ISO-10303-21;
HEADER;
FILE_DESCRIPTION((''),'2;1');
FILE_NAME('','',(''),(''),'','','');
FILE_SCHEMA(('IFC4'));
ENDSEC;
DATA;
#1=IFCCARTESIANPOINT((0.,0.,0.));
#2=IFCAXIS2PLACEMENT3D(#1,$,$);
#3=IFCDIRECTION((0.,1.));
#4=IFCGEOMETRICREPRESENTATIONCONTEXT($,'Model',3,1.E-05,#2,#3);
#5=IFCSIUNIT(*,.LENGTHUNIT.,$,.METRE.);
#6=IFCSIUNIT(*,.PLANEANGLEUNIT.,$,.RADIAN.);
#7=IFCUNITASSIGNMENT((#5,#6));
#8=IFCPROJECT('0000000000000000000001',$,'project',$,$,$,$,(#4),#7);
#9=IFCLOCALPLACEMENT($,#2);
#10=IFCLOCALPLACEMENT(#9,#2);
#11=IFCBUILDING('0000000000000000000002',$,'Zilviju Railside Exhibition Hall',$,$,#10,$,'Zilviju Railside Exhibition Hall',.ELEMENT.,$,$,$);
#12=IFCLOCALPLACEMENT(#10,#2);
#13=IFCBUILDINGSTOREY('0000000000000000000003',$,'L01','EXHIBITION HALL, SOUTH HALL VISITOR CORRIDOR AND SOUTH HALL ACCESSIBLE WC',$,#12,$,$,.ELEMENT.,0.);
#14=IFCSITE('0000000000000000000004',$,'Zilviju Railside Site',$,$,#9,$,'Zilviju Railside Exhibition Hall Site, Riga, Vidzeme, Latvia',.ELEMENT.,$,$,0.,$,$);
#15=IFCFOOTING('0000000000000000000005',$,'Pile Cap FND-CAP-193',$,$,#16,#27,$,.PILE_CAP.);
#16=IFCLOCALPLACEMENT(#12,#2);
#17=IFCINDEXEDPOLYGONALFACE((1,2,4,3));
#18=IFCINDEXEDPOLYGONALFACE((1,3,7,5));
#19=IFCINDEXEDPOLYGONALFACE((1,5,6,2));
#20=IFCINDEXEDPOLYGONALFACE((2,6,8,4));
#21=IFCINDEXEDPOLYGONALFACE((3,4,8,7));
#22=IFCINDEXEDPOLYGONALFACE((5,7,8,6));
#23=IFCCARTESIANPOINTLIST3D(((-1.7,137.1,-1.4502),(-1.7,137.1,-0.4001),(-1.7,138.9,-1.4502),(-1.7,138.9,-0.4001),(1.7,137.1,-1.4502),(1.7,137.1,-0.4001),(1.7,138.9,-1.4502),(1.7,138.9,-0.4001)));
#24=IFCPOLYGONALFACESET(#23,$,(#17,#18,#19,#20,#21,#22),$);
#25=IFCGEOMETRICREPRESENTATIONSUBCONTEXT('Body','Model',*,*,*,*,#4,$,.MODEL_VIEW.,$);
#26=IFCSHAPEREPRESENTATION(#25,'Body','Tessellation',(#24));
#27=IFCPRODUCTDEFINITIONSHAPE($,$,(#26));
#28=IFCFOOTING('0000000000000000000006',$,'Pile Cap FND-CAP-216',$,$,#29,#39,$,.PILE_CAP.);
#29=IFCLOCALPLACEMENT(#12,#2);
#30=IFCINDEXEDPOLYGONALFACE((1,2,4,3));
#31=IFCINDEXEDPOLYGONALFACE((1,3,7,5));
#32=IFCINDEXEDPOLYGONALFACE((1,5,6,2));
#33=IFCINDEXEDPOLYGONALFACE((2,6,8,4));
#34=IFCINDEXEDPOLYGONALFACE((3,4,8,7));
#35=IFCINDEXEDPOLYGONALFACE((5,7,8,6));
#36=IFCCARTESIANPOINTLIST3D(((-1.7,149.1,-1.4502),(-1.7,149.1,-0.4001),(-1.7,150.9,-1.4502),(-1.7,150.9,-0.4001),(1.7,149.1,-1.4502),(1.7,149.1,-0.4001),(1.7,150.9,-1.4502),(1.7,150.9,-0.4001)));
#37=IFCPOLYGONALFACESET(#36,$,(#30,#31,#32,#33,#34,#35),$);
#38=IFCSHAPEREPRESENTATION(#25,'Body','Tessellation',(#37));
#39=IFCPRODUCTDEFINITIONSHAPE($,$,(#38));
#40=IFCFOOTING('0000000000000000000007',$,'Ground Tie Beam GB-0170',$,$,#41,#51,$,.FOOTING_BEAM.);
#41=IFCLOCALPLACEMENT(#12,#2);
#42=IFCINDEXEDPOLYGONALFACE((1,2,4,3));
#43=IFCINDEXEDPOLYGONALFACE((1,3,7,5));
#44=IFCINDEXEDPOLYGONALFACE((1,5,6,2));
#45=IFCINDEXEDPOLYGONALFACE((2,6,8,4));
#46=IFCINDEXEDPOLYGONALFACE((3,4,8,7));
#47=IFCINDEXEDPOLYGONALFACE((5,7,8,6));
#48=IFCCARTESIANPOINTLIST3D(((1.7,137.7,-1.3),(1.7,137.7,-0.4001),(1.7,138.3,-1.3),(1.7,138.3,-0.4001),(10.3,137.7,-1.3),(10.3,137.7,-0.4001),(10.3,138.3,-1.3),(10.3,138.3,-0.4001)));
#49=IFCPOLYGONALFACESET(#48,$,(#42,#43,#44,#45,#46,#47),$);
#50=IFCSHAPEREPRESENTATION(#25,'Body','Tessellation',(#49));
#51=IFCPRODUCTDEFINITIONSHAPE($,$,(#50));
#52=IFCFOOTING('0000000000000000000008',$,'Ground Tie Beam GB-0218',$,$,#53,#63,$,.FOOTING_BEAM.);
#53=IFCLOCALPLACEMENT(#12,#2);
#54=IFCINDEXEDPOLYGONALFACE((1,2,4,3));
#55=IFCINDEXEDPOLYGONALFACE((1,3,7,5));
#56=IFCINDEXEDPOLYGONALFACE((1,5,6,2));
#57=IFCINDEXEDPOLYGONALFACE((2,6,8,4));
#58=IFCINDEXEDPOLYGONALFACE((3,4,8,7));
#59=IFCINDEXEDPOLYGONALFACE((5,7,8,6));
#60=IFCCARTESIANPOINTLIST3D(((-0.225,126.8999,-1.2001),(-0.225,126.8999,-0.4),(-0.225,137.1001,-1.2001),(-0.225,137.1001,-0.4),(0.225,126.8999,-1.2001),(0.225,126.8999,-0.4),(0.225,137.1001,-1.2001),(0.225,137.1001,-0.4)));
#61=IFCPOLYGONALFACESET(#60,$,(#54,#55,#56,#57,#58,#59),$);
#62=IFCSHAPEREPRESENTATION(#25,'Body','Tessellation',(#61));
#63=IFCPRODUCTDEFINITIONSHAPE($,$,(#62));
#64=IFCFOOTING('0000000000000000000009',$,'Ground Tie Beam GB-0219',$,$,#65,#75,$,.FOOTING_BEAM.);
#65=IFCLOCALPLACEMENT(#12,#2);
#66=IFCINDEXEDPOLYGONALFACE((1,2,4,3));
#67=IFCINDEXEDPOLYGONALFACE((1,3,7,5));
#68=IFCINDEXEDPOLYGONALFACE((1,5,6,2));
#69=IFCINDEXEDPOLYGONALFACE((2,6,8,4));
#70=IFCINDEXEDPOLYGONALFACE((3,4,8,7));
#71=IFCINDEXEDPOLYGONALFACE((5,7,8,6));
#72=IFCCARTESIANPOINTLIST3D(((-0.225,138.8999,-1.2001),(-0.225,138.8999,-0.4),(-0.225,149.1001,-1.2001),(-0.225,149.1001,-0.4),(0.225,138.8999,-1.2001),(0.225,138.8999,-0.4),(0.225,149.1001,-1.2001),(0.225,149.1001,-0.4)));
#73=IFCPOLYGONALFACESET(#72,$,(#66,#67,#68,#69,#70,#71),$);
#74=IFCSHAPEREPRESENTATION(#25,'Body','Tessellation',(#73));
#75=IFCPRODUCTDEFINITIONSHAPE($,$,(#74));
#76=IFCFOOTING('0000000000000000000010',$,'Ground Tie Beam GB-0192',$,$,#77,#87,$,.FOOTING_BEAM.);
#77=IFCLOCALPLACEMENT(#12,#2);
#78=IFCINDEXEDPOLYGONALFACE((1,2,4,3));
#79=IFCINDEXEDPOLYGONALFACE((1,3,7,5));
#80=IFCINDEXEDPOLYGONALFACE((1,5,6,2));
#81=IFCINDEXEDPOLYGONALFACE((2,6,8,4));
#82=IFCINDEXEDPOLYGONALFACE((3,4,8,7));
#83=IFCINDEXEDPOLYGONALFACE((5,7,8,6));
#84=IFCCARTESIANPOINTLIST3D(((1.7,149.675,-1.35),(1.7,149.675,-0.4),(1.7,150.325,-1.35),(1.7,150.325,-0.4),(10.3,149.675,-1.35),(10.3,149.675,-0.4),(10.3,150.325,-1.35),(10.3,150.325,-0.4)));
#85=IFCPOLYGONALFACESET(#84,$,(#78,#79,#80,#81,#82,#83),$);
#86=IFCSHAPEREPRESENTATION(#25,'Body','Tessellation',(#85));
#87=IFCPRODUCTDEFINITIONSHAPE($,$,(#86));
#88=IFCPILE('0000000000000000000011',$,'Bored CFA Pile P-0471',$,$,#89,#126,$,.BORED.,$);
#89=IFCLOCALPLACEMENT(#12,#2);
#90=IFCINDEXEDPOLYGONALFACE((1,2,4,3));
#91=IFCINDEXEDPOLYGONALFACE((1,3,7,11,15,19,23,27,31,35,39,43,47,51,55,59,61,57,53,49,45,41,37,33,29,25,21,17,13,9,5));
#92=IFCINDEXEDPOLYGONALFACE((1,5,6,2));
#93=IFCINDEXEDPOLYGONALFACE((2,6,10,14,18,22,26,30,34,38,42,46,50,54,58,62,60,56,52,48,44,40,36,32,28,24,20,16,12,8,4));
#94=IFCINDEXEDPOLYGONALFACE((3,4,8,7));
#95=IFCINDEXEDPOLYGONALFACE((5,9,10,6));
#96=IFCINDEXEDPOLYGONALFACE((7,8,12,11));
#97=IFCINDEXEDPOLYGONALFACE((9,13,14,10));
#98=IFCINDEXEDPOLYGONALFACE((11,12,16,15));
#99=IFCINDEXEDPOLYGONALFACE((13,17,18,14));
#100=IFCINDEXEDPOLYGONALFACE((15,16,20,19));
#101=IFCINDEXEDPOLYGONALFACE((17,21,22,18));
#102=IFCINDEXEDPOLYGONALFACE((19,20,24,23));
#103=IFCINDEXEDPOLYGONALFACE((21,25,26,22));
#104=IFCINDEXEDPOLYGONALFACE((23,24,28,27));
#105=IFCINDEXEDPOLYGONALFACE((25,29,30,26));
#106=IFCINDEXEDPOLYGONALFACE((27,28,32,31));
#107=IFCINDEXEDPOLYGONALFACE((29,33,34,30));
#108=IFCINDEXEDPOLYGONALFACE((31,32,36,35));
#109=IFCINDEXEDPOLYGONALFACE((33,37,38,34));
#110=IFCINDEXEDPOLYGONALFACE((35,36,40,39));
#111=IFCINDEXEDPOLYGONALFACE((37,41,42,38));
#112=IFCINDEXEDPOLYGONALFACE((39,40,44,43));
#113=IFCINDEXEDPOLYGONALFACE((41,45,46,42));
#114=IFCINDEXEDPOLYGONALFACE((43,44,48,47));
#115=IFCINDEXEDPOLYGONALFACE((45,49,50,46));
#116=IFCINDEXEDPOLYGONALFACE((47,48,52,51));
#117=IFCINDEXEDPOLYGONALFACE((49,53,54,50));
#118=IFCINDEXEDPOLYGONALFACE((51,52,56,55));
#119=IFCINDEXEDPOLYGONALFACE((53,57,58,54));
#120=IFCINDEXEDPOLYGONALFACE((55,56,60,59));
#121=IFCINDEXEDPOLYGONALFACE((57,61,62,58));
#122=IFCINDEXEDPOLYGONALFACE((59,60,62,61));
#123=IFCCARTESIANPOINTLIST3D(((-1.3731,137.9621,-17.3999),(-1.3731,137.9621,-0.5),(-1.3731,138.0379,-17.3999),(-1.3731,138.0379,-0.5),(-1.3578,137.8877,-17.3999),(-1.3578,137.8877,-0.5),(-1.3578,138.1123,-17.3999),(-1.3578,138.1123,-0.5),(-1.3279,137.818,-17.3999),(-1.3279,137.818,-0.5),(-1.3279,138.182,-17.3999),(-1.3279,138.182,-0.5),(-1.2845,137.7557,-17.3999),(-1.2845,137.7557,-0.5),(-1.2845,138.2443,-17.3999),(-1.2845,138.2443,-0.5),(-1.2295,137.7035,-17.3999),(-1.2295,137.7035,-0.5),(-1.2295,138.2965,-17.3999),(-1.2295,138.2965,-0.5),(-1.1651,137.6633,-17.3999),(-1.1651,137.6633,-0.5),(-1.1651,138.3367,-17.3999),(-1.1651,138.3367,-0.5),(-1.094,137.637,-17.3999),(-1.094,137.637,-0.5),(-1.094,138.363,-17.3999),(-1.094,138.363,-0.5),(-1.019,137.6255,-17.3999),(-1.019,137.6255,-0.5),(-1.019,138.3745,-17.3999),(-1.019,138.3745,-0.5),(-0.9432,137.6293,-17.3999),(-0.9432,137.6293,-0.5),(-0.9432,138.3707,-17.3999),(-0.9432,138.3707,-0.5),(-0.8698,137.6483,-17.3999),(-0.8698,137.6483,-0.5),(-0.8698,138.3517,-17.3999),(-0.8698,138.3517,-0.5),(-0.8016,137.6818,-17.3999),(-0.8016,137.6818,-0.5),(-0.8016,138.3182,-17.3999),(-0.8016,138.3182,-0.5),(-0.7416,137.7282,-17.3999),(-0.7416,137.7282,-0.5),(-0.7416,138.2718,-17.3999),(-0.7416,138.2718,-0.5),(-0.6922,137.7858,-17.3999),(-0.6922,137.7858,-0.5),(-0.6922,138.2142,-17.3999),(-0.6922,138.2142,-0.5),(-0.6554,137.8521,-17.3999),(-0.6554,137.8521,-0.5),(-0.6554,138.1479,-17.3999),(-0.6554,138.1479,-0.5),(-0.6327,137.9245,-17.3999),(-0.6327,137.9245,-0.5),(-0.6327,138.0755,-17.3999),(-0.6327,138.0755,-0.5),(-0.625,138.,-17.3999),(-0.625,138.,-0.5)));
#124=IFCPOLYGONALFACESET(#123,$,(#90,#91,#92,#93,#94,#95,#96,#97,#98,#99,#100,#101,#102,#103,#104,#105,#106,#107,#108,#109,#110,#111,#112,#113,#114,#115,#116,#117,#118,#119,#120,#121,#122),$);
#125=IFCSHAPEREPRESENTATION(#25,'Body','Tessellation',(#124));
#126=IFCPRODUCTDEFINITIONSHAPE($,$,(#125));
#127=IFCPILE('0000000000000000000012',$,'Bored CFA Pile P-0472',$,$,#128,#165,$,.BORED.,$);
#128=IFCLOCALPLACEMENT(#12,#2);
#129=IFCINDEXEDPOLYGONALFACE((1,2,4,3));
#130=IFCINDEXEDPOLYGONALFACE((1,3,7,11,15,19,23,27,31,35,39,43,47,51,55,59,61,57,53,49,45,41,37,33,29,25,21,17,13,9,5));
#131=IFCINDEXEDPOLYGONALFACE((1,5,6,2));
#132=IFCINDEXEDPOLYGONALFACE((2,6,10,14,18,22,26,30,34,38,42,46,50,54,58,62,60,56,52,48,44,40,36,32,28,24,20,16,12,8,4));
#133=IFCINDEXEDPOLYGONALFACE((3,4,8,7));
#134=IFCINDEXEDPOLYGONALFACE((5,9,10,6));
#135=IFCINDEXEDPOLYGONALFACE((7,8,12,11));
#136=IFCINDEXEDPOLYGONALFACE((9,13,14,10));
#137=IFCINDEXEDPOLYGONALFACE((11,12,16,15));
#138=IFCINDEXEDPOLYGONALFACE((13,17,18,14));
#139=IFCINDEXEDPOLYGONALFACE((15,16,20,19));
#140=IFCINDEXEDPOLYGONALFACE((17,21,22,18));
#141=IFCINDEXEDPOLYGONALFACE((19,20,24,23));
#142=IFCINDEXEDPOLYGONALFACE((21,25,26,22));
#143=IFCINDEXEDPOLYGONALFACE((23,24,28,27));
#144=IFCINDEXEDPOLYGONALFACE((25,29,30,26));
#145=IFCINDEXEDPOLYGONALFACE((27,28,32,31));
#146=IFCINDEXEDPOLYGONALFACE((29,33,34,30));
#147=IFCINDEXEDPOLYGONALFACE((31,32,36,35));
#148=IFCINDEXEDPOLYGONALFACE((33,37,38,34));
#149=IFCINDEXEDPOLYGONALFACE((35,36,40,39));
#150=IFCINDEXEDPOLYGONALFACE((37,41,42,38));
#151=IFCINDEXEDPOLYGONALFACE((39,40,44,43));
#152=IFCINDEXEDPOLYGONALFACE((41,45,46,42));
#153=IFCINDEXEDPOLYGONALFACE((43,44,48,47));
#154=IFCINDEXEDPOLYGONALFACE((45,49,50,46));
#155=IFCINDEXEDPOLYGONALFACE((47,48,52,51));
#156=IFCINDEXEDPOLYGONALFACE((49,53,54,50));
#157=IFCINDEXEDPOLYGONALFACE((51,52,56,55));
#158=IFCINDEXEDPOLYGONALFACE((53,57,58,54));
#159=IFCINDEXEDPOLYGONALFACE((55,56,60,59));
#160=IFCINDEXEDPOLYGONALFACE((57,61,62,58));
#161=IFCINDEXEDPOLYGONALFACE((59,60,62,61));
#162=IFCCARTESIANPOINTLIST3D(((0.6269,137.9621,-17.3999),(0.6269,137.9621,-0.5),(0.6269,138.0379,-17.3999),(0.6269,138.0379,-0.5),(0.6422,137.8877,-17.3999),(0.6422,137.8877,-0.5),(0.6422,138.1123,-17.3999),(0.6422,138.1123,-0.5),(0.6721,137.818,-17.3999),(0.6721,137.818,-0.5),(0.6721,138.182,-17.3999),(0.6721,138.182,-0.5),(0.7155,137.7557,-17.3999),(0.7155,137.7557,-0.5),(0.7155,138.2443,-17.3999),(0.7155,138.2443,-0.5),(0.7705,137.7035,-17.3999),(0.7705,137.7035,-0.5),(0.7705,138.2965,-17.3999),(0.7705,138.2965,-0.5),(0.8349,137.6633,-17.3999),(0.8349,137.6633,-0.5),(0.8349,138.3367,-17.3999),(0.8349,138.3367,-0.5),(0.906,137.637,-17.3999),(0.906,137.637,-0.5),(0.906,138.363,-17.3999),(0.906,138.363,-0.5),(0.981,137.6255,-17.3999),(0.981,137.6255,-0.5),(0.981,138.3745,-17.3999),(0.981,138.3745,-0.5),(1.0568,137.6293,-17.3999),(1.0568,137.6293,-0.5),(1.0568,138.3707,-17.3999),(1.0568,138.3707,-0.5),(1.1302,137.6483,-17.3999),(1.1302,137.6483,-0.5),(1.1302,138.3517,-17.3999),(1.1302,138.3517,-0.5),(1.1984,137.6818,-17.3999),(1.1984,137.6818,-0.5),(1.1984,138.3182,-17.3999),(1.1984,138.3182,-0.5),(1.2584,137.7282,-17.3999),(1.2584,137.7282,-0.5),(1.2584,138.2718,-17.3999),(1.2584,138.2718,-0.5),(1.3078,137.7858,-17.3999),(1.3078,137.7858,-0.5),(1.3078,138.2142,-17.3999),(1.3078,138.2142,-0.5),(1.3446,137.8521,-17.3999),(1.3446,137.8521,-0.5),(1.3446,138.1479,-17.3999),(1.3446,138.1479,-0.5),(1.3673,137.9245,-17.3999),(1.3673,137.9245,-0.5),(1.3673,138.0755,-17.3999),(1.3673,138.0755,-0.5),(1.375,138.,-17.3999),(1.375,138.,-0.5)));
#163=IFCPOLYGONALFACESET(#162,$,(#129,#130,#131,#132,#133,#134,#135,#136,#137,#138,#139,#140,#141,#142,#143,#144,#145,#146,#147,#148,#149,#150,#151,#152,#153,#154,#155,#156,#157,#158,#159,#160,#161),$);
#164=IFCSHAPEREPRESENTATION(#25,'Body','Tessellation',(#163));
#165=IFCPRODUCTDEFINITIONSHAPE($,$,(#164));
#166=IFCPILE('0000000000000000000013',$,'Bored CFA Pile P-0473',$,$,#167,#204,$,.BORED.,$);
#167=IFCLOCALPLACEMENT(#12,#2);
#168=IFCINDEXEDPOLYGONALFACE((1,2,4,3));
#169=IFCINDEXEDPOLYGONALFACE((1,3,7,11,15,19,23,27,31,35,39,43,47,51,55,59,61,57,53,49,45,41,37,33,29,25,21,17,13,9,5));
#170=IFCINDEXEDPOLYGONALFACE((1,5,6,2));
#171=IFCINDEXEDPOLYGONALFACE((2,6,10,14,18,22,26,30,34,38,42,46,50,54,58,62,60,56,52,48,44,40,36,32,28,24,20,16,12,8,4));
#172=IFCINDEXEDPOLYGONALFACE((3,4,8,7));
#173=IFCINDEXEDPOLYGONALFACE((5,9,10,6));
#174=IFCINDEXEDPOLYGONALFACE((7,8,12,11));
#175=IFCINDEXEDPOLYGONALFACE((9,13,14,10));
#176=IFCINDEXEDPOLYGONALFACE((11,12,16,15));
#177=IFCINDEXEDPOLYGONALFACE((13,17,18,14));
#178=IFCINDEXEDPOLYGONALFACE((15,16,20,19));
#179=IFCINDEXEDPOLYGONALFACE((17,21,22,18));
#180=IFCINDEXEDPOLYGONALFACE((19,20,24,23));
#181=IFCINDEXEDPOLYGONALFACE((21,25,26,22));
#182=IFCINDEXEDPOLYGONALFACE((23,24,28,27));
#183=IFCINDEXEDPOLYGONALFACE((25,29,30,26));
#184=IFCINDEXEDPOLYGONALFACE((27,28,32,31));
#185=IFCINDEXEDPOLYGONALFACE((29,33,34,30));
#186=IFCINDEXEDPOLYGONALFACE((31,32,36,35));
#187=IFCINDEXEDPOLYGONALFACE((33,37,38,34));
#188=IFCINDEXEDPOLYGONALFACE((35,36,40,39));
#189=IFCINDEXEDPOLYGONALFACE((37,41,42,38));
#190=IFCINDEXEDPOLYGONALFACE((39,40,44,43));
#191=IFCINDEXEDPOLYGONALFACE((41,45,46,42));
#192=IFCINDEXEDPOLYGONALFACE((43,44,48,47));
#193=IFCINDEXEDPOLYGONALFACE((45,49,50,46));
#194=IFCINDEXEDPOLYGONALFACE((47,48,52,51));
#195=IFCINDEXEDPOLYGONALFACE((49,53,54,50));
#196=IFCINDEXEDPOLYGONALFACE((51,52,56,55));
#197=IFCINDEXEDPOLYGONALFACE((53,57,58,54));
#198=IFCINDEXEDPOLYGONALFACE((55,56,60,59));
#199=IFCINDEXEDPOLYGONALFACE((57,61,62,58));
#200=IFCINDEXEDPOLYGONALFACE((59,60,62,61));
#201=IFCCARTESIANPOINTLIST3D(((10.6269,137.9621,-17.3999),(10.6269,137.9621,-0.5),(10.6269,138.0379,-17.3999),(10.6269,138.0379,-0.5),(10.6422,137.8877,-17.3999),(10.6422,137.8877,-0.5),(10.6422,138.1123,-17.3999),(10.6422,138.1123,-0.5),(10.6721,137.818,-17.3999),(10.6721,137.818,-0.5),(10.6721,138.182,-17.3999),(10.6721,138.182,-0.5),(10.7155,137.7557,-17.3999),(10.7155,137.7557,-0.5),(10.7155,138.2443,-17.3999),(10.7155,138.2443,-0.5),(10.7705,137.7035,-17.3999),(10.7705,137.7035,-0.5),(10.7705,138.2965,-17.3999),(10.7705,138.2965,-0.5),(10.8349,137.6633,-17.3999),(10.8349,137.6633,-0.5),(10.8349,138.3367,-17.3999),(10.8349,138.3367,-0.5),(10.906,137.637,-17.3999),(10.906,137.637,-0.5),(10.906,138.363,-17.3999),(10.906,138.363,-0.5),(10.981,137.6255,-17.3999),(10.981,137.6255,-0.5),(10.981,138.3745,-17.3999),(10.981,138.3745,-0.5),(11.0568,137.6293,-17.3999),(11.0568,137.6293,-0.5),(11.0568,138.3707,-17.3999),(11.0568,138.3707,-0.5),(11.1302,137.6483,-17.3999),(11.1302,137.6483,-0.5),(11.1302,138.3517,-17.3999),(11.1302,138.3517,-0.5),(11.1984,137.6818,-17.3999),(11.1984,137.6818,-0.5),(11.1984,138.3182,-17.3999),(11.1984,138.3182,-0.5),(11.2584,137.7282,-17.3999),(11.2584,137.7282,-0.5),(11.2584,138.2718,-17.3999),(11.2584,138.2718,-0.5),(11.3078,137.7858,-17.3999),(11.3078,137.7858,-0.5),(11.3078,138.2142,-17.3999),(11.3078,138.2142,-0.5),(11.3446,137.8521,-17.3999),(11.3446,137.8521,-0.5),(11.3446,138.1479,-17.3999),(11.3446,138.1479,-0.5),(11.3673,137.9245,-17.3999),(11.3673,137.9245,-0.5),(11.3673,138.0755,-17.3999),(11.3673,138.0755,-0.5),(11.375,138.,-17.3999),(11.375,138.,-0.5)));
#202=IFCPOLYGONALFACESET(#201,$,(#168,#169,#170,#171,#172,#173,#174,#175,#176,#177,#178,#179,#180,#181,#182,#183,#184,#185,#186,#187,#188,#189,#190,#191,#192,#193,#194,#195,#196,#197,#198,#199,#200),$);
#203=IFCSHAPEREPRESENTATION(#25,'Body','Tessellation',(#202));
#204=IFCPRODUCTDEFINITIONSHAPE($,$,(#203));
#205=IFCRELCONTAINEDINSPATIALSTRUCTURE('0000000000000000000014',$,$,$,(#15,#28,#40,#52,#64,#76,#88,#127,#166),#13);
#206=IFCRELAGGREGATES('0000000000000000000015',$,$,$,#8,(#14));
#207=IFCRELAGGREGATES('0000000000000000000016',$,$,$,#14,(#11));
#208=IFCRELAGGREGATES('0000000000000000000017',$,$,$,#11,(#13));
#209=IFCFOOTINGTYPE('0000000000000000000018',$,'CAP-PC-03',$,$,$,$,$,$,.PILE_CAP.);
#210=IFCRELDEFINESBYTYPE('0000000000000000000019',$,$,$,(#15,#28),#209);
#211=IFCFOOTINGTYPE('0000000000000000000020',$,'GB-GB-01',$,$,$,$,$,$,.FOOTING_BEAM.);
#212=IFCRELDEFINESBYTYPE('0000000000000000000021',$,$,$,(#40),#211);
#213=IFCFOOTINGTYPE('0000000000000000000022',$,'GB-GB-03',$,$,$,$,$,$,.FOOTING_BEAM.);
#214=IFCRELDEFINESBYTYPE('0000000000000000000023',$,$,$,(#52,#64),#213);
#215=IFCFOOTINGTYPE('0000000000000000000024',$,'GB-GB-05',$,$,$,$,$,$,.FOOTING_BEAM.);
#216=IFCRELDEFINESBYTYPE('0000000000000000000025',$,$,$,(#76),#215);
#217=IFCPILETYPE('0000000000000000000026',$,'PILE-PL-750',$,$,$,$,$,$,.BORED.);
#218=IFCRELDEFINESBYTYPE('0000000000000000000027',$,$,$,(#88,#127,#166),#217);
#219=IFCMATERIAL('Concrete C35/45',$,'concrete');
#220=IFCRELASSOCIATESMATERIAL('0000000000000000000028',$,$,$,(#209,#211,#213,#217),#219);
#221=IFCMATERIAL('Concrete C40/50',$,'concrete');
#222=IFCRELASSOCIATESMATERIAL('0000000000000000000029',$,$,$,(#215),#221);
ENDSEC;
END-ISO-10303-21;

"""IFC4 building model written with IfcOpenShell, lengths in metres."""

from ifc_helpers import new_model, si_unit, direction, frame, origin, origin_2d, place, context, subcontext, project, spatial, rectangle, circle, extrude, material, material_profile, profile_set, type_object, element, save


model = new_model("IFC4")

# Units and contexts
model_context = context("Model", 3, precision=1e-05, world=origin(), true_north=direction((0.0, 1.0)))
body_context = subcontext(model_context, "Body", "Model", "MODEL_VIEW")
ifc_project = project(units=[si_unit("LENGTHUNIT", "METRE"), si_unit("PLANEANGLEUNIT", "RADIAN")], contexts=[model_context])

# Site, building, storey
site_placement = place(None, origin())
site = spatial("IfcSite", under=ifc_project, at=site_placement, Name="Zilviju Railside Site", LongName="Zilviju Railside Exhibition Hall Site, Riga, Vidzeme, Latvia", CompositionType="ELEMENT", RefElevation=0.0)
building_placement = place(site_placement, origin())
building = spatial("IfcBuilding", under=site, at=building_placement, Name="Zilviju Railside Exhibition Hall", LongName="Zilviju Railside Exhibition Hall", CompositionType="ELEMENT")
storey_placement = place(building_placement, origin())
storey = spatial("IfcBuildingStorey", under=building, at=storey_placement, Name="L01", Description="EXHIBITION HALL, SOUTH HALL VISITOR CORRIDOR AND SOUTH HALL ACCESSIBLE WC", CompositionType="ELEMENT", Elevation=0.0)

# Footings
ifc_material_1 = material(Name="Concrete C35/45", Category="concrete")
footing_type_1 = type_object("IfcFootingType", Name="CAP-PC-03", PredefinedType="PILE_CAP", material=ifc_material_1)
for number, where, z_axis, x_axis, name in (
    (1, (0.0, 138.0, -1.4502), (0.0, 0.0, 1.0), (1.0, 0.0, 0.0), "Pile Cap FND-CAP-193"),
    (2, (0.0, 150.0, -1.4502), (0.0, 0.0, 1.0), (1.0, 0.0, 0.0), "Pile Cap FND-CAP-216"),
):
    element("IfcFooting", number, at=place(storey_placement, frame(where, z_axis=z_axis, x_axis=x_axis)), inside=storey, type_object=footing_type_1, Name=name, PredefinedType="PILE_CAP", context=body_context, shape_type="SweptSolid", body=[
        extrude(rectangle(XDim=3.3999, YDim=1.8, at=origin_2d()), origin(), (0.0, 0.0, 1.0), 1.05),
    ])
ifc_material_profile_1 = material_profile(ifc_material_1, rectangle(XDim=0.6001, YDim=0.8999, at=origin_2d()), Name="TIE BEAM 600x900")
ifc_profile_set_1 = profile_set([ifc_material_profile_1], Name="Concrete C35/45")
footing_type_2 = type_object("IfcFootingType", Name="GB-GB-01", PredefinedType="FOOTING_BEAM", material=ifc_profile_set_1)
footing_1_placement = place(storey_placement, frame((1.7, 138.0, -0.8501), z_axis=(1.0, 0.0, 0.0), x_axis=(0.0, 1.0, 0.0)))
element("IfcFooting", 3, at=footing_1_placement, inside=storey, type_object=footing_type_2, Name="Ground Tie Beam GB-0170", PredefinedType="FOOTING_BEAM", context=body_context, shape_type="SweptSolid", body=[
    extrude(rectangle(XDim=0.6001, YDim=0.8999, at=origin_2d()), origin(), (0.0, 0.0, 1.0), 8.6001),
])
ifc_material_profile_2 = material_profile(ifc_material_1, rectangle(XDim=0.45, YDim=0.8, at=origin_2d()), Name="TIE BEAM 450x800")
ifc_profile_set_2 = profile_set([ifc_material_profile_2], Name="Concrete C35/45")
footing_type_3 = type_object("IfcFootingType", Name="GB-GB-03", PredefinedType="FOOTING_BEAM", material=ifc_profile_set_2)
for number, where, z_axis, x_axis, name in (
    (4, (0.0, 126.8999, -0.8), (0.0, 1.0, 0.0), (-1.0, 0.0, 0.0), "Ground Tie Beam GB-0218"),
    (5, (0.0, 138.8999, -0.8), (0.0, 1.0, 0.0), (-1.0, 0.0, 0.0), "Ground Tie Beam GB-0219"),
):
    element("IfcFooting", number, at=place(storey_placement, frame(where, z_axis=z_axis, x_axis=x_axis)), inside=storey, type_object=footing_type_3, Name=name, PredefinedType="FOOTING_BEAM", context=body_context, shape_type="SweptSolid", body=[
        extrude(rectangle(XDim=0.45, YDim=0.8, at=origin_2d()), origin(), (0.0, 0.0, 1.0), 10.2002),
    ])
ifc_material_2 = material(Name="Concrete C40/50", Category="concrete")
ifc_material_profile_3 = material_profile(ifc_material_2, rectangle(XDim=0.6499, YDim=0.95, at=origin_2d()), Name="TIE BEAM 650x950")
ifc_profile_set_3 = profile_set([ifc_material_profile_3], Name="Concrete C40/50")
footing_type_4 = type_object("IfcFootingType", Name="GB-GB-05", PredefinedType="FOOTING_BEAM", material=ifc_profile_set_3)
footing_2_placement = place(storey_placement, frame((1.7, 150.0, -0.875), z_axis=(1.0, 0.0, 0.0), x_axis=(0.0, 1.0, 0.0)))
element("IfcFooting", 6, at=footing_2_placement, inside=storey, type_object=footing_type_4, Name="Ground Tie Beam GB-0192", PredefinedType="FOOTING_BEAM", context=body_context, shape_type="SweptSolid", body=[
    extrude(rectangle(XDim=0.6499, YDim=0.95, at=origin_2d()), origin(), (0.0, 0.0, 1.0), 8.6001),
])

# Piles
ifc_material_profile_4 = material_profile(ifc_material_1, circle(Radius=0.375, at=origin_2d()), Name="CFA PILE D750")
ifc_profile_set_4 = profile_set([ifc_material_profile_4], Name="Concrete C35/45")
pile_type = type_object("IfcPileType", Name="PILE-PL-750", PredefinedType="BORED", material=ifc_profile_set_4)
for number, where, z_axis, x_axis, name in (
    (7, (-1.0, 138.0, -0.5), (0.0, 0.0, -1.0), (1.0, 0.0, 0.0), "Bored CFA Pile P-0471"),
    (8, (1.0, 138.0, -0.5), (0.0, 0.0, -1.0), (1.0, 0.0, 0.0), "Bored CFA Pile P-0472"),
    (9, (11.0, 138.0, -0.5), (0.0, 0.0, -1.0), (1.0, 0.0, 0.0), "Bored CFA Pile P-0473"),
):
    element("IfcPile", number, at=place(storey_placement, frame(where, z_axis=z_axis, x_axis=x_axis)), inside=storey, type_object=pile_type, Name=name, PredefinedType="BORED", context=body_context, shape_type="SweptSolid", body=[
        extrude(circle(Radius=0.375, at=origin_2d()), origin(), (0.0, 0.0, 1.0), 16.8999),
    ])

save(model, "model.ifc")
